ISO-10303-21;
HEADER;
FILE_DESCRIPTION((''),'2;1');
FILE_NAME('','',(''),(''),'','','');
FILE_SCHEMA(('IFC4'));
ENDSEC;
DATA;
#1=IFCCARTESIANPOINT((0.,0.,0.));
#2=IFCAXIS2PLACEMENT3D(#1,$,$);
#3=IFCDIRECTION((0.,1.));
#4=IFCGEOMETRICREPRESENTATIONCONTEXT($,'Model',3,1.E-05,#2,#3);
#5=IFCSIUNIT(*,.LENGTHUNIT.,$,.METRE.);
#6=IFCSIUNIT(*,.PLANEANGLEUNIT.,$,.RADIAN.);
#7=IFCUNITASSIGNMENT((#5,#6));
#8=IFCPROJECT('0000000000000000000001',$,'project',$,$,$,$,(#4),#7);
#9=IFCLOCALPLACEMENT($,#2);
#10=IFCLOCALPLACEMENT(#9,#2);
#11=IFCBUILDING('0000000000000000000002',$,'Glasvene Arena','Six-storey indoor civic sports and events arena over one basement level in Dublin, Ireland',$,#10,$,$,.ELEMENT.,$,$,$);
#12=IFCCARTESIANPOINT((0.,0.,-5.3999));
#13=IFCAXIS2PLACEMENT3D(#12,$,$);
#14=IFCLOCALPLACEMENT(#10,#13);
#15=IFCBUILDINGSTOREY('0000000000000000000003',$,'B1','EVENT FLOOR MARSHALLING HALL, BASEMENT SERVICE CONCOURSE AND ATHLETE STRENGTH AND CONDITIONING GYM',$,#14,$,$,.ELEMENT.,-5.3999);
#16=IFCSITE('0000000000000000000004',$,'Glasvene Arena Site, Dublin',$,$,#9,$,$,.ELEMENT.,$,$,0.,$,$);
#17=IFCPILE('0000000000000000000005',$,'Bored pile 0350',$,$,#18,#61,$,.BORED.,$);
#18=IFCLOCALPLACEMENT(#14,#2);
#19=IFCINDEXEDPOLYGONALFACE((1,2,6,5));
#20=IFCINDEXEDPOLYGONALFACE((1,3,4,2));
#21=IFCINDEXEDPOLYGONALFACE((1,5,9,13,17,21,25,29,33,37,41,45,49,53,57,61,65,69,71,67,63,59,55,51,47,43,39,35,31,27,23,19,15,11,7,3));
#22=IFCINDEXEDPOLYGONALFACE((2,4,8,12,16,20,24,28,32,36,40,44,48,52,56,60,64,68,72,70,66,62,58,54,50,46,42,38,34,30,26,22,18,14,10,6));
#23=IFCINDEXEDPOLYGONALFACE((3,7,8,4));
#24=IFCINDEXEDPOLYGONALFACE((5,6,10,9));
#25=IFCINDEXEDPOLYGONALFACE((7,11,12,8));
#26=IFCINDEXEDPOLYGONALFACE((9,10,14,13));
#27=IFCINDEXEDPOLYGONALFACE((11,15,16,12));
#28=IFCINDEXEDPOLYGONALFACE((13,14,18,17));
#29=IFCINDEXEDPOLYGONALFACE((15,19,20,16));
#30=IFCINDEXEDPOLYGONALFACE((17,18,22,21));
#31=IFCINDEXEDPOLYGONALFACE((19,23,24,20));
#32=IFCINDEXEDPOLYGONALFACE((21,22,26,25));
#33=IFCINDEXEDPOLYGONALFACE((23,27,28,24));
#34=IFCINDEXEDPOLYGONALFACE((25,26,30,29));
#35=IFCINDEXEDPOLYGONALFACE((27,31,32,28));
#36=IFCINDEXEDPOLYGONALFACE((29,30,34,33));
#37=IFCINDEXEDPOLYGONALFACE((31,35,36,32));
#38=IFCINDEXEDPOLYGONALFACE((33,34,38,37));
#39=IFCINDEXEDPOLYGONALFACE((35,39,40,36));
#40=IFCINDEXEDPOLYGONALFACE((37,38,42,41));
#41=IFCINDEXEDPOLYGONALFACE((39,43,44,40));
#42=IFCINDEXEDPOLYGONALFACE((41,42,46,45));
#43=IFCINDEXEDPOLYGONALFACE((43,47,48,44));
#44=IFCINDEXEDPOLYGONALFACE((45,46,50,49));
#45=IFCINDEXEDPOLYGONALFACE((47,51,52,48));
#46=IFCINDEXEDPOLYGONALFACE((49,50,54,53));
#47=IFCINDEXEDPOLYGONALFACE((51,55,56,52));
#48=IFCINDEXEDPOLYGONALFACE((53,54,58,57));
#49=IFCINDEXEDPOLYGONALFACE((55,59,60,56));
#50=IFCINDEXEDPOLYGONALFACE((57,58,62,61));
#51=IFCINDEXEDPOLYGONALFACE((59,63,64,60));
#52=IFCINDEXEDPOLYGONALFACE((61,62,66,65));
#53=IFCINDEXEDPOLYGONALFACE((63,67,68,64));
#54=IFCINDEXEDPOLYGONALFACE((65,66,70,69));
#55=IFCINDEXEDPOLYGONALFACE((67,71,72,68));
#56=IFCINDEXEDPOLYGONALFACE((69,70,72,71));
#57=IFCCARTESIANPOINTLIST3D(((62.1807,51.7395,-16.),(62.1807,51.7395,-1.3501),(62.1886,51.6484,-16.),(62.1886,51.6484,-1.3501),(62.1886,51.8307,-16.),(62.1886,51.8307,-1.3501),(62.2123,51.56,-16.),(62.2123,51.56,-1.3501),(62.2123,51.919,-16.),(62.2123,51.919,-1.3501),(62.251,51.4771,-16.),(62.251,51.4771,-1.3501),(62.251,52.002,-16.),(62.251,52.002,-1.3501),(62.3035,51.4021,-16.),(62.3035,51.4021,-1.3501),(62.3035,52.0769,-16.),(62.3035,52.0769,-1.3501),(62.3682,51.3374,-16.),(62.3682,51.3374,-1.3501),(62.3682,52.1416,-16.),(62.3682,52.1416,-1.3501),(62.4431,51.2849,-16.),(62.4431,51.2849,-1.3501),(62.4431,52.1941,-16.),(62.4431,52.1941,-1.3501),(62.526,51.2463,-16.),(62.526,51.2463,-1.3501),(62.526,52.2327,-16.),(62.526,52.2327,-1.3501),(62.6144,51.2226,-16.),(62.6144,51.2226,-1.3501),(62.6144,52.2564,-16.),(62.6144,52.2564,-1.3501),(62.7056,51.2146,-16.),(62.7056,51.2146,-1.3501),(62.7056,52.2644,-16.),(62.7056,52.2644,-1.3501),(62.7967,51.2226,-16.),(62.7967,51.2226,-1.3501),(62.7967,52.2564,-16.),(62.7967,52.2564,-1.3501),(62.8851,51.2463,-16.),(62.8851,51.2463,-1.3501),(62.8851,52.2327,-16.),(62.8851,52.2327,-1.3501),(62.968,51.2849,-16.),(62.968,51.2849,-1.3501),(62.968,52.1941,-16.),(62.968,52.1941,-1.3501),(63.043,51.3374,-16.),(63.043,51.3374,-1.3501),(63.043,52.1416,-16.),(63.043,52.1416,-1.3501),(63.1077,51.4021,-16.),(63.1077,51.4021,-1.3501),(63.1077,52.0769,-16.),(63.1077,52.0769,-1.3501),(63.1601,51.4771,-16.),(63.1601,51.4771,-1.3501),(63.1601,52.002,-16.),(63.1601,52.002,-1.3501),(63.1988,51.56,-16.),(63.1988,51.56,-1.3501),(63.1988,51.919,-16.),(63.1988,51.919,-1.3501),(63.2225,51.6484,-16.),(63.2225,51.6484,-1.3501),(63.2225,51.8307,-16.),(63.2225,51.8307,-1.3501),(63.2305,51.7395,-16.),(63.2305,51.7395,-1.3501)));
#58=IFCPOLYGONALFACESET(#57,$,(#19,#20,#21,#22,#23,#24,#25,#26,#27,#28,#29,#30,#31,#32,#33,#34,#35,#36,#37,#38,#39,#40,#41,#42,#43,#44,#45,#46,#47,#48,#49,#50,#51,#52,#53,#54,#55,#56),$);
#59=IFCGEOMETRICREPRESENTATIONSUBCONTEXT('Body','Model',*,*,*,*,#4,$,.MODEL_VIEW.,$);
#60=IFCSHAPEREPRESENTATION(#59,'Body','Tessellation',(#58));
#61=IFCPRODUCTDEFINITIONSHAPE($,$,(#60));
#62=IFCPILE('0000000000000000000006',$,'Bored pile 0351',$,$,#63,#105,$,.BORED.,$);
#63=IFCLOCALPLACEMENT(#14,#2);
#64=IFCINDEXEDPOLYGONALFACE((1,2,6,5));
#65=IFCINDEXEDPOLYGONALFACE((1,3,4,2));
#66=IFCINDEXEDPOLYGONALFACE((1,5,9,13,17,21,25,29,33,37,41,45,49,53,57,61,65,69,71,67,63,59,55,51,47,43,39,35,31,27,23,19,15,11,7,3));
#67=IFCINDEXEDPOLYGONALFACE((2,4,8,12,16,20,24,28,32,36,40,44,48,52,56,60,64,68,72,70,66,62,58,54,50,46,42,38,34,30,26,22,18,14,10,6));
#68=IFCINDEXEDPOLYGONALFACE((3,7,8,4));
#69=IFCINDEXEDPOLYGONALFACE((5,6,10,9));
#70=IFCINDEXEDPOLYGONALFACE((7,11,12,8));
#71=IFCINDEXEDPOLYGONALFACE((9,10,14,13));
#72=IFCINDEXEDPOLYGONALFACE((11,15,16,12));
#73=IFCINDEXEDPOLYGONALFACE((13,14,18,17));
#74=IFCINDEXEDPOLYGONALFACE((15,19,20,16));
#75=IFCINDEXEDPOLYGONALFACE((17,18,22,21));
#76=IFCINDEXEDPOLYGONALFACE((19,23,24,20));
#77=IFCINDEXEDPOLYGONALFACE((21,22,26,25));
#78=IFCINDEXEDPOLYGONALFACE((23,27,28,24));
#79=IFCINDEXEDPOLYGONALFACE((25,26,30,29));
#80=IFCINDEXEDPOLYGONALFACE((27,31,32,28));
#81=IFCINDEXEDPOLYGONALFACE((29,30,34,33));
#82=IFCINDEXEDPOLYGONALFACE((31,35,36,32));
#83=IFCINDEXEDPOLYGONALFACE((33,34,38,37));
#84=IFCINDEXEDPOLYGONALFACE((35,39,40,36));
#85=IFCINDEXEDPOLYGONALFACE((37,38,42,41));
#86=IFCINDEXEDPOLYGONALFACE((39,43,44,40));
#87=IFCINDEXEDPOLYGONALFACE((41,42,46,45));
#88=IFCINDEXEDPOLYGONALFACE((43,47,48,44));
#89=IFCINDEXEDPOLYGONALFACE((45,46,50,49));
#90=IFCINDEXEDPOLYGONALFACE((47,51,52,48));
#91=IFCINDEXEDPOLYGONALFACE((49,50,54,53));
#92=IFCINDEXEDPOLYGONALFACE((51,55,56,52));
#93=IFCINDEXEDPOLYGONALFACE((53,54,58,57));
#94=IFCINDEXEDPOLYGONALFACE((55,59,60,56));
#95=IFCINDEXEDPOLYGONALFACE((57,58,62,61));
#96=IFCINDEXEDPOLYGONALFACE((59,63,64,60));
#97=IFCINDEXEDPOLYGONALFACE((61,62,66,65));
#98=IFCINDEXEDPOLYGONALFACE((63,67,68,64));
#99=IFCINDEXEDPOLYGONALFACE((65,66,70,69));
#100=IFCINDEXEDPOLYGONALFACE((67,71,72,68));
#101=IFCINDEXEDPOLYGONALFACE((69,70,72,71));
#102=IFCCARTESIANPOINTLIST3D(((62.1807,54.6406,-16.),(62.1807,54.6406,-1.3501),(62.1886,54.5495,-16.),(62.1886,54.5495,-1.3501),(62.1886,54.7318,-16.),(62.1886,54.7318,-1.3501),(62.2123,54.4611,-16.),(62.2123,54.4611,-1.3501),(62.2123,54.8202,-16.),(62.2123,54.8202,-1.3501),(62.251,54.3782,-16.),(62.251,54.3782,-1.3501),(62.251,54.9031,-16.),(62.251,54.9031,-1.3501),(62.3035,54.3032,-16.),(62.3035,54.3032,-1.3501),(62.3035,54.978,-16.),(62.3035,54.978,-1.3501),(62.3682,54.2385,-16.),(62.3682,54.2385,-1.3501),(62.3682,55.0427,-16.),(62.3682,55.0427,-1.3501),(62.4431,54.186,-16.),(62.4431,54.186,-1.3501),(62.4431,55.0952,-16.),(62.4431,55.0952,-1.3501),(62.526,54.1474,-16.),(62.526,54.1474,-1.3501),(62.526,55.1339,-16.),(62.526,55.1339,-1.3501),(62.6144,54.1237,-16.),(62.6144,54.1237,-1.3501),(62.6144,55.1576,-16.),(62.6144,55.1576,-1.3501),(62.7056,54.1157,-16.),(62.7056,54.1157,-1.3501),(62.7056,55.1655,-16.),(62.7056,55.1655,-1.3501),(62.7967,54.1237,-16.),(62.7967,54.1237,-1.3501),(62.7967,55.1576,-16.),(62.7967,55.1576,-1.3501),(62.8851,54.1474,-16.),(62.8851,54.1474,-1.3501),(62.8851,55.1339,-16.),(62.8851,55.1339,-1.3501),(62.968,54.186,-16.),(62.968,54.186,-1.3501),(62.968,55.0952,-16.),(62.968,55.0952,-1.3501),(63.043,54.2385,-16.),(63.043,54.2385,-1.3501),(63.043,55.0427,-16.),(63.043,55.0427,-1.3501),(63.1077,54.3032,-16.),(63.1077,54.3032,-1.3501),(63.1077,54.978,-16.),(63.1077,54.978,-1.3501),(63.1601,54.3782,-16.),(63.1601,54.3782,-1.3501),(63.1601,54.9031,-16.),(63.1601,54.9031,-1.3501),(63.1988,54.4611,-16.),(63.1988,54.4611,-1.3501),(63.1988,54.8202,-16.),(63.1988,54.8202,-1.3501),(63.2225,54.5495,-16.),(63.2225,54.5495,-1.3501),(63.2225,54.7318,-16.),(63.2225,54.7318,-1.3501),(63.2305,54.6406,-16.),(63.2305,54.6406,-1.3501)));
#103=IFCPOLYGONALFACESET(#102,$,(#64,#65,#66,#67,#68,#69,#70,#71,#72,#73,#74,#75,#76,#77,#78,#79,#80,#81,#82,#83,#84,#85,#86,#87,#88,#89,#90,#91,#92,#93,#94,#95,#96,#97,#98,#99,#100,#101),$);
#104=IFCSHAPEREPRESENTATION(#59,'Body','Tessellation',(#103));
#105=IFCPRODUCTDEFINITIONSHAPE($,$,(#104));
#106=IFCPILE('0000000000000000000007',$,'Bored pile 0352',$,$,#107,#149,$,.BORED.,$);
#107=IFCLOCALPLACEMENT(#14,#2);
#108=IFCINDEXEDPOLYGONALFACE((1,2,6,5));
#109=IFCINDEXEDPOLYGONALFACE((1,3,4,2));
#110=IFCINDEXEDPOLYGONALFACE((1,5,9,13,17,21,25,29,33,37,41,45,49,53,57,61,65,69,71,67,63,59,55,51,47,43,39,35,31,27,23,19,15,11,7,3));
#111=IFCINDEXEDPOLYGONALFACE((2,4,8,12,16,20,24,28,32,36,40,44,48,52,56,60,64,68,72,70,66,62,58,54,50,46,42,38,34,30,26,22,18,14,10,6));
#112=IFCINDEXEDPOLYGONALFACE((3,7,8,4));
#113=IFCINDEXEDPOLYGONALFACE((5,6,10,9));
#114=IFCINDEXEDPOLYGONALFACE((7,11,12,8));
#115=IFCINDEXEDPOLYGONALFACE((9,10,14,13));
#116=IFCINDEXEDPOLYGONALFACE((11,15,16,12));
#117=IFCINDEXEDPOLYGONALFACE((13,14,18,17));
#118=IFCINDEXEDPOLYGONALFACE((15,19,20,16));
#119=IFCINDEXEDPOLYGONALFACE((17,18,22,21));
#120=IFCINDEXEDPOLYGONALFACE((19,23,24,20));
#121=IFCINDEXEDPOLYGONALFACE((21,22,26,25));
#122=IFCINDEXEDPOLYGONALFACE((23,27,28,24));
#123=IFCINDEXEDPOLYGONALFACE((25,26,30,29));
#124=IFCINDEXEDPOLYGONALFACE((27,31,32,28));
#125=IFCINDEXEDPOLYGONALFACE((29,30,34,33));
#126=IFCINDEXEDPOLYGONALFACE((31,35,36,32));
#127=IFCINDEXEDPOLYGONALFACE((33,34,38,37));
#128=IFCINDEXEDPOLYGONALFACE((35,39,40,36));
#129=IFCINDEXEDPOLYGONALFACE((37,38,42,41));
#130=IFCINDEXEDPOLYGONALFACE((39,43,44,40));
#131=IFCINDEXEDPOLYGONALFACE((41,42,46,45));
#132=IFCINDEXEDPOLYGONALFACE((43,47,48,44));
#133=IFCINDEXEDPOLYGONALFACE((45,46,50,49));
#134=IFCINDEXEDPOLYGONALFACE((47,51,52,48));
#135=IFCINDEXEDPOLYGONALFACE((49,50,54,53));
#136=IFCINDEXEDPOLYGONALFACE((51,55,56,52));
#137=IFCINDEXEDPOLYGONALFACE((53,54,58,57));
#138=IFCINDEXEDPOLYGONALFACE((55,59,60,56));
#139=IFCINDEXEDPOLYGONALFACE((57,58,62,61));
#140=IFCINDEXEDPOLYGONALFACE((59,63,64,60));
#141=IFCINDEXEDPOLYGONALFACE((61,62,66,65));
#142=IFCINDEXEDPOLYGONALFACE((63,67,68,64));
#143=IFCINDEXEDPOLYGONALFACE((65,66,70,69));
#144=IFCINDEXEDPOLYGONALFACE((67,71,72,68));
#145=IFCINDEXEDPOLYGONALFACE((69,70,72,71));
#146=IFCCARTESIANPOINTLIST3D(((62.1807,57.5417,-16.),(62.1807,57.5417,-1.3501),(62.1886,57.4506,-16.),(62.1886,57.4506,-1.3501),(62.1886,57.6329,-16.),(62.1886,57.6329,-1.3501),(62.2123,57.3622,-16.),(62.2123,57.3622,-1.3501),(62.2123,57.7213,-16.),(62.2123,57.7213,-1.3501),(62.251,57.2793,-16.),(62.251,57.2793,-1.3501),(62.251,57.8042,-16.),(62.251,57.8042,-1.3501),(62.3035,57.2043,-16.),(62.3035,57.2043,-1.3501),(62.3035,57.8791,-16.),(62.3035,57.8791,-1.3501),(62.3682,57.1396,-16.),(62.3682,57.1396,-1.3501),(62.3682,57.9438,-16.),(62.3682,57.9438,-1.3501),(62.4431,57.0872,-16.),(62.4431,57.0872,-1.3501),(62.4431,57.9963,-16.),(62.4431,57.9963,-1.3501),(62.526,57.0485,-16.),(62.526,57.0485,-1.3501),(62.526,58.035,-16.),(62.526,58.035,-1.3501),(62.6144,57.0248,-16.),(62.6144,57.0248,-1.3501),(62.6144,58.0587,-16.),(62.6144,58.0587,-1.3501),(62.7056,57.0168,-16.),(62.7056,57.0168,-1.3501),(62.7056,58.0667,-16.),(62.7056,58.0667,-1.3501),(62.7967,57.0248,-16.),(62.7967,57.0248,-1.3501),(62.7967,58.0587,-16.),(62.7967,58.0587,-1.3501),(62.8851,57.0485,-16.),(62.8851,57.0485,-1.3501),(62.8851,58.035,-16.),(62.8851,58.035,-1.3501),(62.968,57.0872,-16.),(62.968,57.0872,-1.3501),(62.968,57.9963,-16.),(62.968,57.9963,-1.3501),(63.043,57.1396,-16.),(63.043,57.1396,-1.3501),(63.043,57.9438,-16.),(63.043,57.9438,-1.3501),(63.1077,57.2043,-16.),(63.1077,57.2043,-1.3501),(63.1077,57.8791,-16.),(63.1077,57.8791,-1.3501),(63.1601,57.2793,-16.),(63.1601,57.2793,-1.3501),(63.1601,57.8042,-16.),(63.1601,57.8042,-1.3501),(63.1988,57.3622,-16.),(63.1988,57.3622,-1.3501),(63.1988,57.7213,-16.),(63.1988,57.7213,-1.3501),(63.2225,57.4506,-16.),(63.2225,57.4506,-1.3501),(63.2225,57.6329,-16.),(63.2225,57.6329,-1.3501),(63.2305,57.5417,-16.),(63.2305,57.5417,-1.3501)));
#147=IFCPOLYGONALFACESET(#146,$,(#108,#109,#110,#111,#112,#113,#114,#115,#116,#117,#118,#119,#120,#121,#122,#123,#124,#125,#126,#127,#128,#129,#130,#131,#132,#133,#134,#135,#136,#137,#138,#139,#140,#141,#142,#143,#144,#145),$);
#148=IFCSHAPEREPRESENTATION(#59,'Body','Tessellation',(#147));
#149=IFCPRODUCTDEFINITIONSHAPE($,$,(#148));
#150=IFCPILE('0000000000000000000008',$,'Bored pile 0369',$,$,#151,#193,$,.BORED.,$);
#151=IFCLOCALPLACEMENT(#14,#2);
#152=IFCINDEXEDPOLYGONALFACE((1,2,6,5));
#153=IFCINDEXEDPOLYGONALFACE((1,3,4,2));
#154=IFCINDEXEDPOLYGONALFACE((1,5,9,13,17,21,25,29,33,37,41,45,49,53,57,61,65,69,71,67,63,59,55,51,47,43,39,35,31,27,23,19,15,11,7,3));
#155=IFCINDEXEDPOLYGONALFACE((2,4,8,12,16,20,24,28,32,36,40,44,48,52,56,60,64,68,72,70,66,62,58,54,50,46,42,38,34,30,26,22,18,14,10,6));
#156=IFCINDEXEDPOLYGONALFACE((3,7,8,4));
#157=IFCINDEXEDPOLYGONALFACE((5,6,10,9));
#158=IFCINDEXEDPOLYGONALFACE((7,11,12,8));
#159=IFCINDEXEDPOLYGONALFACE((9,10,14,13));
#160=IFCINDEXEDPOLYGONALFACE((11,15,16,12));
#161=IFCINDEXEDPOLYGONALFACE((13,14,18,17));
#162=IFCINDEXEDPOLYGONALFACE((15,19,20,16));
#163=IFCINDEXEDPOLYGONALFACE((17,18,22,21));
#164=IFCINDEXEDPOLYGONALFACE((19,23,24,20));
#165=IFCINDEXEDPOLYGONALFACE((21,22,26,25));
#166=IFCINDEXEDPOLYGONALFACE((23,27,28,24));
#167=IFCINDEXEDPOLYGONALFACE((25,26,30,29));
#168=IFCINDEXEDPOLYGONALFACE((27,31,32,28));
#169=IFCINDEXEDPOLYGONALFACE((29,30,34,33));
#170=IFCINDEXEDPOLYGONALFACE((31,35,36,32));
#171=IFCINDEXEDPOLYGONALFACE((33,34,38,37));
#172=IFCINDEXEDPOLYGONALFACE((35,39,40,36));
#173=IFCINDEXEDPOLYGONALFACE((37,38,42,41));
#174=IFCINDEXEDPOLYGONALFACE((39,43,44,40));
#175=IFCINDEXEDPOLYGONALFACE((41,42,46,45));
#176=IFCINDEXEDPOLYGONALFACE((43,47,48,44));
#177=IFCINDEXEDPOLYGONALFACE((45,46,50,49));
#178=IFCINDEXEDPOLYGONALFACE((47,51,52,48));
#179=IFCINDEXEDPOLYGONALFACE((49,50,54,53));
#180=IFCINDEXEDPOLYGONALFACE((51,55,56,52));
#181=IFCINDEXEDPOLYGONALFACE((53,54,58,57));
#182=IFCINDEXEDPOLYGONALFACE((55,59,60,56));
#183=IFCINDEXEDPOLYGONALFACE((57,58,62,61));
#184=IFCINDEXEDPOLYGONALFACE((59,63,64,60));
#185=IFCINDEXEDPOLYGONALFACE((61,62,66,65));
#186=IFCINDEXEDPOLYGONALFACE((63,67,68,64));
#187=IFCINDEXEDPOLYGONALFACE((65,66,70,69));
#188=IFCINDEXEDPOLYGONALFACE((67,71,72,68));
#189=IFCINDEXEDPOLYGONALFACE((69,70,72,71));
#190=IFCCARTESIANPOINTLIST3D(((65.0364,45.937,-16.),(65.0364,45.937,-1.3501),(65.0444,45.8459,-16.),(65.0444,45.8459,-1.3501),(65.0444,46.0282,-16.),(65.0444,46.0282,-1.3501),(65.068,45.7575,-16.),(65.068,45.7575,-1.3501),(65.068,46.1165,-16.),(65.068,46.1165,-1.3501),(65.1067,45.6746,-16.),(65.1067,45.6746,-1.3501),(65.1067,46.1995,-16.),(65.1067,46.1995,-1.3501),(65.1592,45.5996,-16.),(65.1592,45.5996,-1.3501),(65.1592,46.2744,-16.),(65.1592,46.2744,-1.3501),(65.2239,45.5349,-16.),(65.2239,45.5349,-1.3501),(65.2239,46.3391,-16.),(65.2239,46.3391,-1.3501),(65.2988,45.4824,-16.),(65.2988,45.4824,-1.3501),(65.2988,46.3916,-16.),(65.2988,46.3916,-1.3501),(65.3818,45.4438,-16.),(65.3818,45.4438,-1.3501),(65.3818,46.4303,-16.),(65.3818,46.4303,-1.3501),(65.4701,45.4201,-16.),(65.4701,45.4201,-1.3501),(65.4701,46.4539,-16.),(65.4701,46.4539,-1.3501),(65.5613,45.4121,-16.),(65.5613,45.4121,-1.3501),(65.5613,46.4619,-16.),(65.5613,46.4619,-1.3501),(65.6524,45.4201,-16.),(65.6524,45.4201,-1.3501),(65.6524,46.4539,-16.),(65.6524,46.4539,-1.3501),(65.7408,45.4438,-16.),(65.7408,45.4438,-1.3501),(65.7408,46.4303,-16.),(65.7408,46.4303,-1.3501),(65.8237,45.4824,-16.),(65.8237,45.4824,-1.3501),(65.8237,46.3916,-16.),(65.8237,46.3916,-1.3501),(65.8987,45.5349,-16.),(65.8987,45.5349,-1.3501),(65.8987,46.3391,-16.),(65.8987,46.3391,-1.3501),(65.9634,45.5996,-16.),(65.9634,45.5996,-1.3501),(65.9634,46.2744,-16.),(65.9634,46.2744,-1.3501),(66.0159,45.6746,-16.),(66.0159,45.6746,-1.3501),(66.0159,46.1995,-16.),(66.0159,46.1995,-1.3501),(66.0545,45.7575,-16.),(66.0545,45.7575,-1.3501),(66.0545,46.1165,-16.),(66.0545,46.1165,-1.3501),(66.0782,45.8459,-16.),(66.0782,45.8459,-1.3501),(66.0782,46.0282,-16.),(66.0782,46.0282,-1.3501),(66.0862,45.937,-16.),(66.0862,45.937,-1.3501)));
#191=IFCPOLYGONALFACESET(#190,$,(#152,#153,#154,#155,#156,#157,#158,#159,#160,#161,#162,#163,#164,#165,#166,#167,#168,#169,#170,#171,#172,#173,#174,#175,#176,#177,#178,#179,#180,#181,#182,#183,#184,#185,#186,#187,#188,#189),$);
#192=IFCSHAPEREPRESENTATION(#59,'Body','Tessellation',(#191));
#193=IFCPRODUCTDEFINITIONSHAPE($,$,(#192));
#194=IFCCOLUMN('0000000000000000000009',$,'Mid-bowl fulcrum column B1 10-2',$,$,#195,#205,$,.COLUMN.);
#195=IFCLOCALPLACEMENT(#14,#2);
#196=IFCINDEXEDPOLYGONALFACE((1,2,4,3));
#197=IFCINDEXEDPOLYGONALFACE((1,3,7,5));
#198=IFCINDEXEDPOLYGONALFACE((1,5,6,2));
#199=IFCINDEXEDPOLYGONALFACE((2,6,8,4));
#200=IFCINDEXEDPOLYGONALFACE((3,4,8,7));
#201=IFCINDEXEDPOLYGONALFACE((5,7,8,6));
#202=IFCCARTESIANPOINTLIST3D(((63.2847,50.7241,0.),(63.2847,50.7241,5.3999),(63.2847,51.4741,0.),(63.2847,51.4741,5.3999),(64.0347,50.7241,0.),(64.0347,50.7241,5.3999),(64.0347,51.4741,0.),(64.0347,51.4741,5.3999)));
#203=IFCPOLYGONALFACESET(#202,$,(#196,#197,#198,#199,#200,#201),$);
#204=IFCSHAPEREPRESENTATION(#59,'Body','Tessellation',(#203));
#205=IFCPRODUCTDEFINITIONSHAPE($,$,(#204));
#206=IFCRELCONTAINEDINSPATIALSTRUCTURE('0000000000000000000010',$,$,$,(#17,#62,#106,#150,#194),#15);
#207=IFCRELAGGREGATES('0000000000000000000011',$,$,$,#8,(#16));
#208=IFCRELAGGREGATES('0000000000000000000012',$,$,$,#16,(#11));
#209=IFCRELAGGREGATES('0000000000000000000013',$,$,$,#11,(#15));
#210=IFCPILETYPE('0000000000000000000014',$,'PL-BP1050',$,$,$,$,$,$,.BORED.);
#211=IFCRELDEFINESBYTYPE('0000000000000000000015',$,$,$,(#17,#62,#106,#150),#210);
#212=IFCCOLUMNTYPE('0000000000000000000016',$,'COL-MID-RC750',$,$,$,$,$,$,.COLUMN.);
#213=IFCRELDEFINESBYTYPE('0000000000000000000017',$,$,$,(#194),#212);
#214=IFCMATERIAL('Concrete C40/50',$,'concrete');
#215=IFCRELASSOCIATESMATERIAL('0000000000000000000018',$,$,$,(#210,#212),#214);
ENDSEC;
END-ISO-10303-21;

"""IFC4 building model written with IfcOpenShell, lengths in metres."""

from ifc_helpers import new_model, si_unit, direction, frame, origin, origin_2d, place, context, subcontext, project, spatial, rectangle, circle, extrude, material, material_profile, profile_set, type_object, element, save


model = new_model("IFC4")

# Units and contexts
model_context = context("Model", 3, precision=1e-05, world=origin(), true_north=direction((0.0, 1.0)))
body_context = subcontext(model_context, "Body", "Model", "MODEL_VIEW")
ifc_project = project(units=[si_unit("LENGTHUNIT", "METRE"), si_unit("PLANEANGLEUNIT", "RADIAN")], contexts=[model_context])

# Site, building, storey
site_placement = place(None, origin())
site = spatial("IfcSite", under=ifc_project, at=site_placement, Name="Glasvene Arena Site, Dublin", CompositionType="ELEMENT", RefElevation=0.0)
building_placement = place(site_placement, origin())
building = spatial("IfcBuilding", under=site, at=building_placement, Name="Glasvene Arena", Description="Six-storey indoor civic sports and events arena over one basement level in Dublin, Ireland", CompositionType="ELEMENT")
storey_placement = place(building_placement, frame((0.0, 0.0, -5.3999)))
storey = spatial("IfcBuildingStorey", under=building, at=storey_placement, Name="B1", Description="EVENT FLOOR MARSHALLING HALL, BASEMENT SERVICE CONCOURSE AND ATHLETE STRENGTH AND CONDITIONING GYM", CompositionType="ELEMENT", Elevation=-5.3999)

# Piles
ifc_material_1 = material(Name="Concrete C40/50", Category="concrete")
ifc_material_profile_1 = material_profile(ifc_material_1, circle(Radius=0.5249, at=origin_2d()), Name="BORED PILE 1050")
ifc_profile_set_1 = profile_set([ifc_material_profile_1], Name="Concrete C40/50")
pile_type = type_object("IfcPileType", Name="PL-BP1050", PredefinedType="BORED", material=ifc_profile_set_1)
for number, where, z_axis, x_axis, name in (
    (1, (62.7056, 51.7395, -1.3501), (0.0, 0.0, -1.0), (1.0, 0.0, 0.0), "Bored pile 0350"),
    (2, (62.7056, 54.6406, -1.3501), (0.0, 0.0, -1.0), (1.0, 0.0, 0.0), "Bored pile 0351"),
    (3, (62.7056, 57.5417, -1.3501), (0.0, 0.0, -1.0), (1.0, 0.0, 0.0), "Bored pile 0352"),
    (4, (65.5613, 45.937, -1.3501), (0.0, 0.0, -1.0), (1.0, 0.0, 0.0), "Bored pile 0369"),
):
    element("IfcPile", number, at=place(storey_placement, frame(where, z_axis=z_axis, x_axis=x_axis)), inside=storey, type_object=pile_type, Name=name, PredefinedType="BORED", context=body_context, shape_type="SweptSolid", body=[
        extrude(circle(Radius=0.5249, at=origin_2d()), origin(), (0.0, 0.0, 1.0), 14.6499),
    ])

# Column
ifc_material_profile_2 = material_profile(ifc_material_1, rectangle(XDim=0.75, YDim=0.75, at=origin_2d()), Name="RC 750x750")
ifc_profile_set_2 = profile_set([ifc_material_profile_2], Name="Concrete C40/50")
column_type_1 = type_object("IfcColumnType", Name="COL-MID-RC750", PredefinedType="COLUMN", material=ifc_profile_set_2)
for number, where, z_axis, x_axis, name in (
    (5, (63.6597, 51.0991, 0.0), (0.0, 0.0, 1.0), (1.0, 0.0, 0.0), "Mid-bowl fulcrum column B1 10-2"),
):
    element("IfcColumn", number, at=place(storey_placement, frame(where, z_axis=z_axis, x_axis=x_axis)), inside=storey, type_object=column_type_1, Name=name, PredefinedType="COLUMN", context=body_context, shape_type="SweptSolid", body=[
        extrude(rectangle(XDim=0.75, YDim=0.75, at=origin_2d()), origin(), (0.0, 0.0, 1.0), 5.3999),
    ])

save(model, "model.ifc")
